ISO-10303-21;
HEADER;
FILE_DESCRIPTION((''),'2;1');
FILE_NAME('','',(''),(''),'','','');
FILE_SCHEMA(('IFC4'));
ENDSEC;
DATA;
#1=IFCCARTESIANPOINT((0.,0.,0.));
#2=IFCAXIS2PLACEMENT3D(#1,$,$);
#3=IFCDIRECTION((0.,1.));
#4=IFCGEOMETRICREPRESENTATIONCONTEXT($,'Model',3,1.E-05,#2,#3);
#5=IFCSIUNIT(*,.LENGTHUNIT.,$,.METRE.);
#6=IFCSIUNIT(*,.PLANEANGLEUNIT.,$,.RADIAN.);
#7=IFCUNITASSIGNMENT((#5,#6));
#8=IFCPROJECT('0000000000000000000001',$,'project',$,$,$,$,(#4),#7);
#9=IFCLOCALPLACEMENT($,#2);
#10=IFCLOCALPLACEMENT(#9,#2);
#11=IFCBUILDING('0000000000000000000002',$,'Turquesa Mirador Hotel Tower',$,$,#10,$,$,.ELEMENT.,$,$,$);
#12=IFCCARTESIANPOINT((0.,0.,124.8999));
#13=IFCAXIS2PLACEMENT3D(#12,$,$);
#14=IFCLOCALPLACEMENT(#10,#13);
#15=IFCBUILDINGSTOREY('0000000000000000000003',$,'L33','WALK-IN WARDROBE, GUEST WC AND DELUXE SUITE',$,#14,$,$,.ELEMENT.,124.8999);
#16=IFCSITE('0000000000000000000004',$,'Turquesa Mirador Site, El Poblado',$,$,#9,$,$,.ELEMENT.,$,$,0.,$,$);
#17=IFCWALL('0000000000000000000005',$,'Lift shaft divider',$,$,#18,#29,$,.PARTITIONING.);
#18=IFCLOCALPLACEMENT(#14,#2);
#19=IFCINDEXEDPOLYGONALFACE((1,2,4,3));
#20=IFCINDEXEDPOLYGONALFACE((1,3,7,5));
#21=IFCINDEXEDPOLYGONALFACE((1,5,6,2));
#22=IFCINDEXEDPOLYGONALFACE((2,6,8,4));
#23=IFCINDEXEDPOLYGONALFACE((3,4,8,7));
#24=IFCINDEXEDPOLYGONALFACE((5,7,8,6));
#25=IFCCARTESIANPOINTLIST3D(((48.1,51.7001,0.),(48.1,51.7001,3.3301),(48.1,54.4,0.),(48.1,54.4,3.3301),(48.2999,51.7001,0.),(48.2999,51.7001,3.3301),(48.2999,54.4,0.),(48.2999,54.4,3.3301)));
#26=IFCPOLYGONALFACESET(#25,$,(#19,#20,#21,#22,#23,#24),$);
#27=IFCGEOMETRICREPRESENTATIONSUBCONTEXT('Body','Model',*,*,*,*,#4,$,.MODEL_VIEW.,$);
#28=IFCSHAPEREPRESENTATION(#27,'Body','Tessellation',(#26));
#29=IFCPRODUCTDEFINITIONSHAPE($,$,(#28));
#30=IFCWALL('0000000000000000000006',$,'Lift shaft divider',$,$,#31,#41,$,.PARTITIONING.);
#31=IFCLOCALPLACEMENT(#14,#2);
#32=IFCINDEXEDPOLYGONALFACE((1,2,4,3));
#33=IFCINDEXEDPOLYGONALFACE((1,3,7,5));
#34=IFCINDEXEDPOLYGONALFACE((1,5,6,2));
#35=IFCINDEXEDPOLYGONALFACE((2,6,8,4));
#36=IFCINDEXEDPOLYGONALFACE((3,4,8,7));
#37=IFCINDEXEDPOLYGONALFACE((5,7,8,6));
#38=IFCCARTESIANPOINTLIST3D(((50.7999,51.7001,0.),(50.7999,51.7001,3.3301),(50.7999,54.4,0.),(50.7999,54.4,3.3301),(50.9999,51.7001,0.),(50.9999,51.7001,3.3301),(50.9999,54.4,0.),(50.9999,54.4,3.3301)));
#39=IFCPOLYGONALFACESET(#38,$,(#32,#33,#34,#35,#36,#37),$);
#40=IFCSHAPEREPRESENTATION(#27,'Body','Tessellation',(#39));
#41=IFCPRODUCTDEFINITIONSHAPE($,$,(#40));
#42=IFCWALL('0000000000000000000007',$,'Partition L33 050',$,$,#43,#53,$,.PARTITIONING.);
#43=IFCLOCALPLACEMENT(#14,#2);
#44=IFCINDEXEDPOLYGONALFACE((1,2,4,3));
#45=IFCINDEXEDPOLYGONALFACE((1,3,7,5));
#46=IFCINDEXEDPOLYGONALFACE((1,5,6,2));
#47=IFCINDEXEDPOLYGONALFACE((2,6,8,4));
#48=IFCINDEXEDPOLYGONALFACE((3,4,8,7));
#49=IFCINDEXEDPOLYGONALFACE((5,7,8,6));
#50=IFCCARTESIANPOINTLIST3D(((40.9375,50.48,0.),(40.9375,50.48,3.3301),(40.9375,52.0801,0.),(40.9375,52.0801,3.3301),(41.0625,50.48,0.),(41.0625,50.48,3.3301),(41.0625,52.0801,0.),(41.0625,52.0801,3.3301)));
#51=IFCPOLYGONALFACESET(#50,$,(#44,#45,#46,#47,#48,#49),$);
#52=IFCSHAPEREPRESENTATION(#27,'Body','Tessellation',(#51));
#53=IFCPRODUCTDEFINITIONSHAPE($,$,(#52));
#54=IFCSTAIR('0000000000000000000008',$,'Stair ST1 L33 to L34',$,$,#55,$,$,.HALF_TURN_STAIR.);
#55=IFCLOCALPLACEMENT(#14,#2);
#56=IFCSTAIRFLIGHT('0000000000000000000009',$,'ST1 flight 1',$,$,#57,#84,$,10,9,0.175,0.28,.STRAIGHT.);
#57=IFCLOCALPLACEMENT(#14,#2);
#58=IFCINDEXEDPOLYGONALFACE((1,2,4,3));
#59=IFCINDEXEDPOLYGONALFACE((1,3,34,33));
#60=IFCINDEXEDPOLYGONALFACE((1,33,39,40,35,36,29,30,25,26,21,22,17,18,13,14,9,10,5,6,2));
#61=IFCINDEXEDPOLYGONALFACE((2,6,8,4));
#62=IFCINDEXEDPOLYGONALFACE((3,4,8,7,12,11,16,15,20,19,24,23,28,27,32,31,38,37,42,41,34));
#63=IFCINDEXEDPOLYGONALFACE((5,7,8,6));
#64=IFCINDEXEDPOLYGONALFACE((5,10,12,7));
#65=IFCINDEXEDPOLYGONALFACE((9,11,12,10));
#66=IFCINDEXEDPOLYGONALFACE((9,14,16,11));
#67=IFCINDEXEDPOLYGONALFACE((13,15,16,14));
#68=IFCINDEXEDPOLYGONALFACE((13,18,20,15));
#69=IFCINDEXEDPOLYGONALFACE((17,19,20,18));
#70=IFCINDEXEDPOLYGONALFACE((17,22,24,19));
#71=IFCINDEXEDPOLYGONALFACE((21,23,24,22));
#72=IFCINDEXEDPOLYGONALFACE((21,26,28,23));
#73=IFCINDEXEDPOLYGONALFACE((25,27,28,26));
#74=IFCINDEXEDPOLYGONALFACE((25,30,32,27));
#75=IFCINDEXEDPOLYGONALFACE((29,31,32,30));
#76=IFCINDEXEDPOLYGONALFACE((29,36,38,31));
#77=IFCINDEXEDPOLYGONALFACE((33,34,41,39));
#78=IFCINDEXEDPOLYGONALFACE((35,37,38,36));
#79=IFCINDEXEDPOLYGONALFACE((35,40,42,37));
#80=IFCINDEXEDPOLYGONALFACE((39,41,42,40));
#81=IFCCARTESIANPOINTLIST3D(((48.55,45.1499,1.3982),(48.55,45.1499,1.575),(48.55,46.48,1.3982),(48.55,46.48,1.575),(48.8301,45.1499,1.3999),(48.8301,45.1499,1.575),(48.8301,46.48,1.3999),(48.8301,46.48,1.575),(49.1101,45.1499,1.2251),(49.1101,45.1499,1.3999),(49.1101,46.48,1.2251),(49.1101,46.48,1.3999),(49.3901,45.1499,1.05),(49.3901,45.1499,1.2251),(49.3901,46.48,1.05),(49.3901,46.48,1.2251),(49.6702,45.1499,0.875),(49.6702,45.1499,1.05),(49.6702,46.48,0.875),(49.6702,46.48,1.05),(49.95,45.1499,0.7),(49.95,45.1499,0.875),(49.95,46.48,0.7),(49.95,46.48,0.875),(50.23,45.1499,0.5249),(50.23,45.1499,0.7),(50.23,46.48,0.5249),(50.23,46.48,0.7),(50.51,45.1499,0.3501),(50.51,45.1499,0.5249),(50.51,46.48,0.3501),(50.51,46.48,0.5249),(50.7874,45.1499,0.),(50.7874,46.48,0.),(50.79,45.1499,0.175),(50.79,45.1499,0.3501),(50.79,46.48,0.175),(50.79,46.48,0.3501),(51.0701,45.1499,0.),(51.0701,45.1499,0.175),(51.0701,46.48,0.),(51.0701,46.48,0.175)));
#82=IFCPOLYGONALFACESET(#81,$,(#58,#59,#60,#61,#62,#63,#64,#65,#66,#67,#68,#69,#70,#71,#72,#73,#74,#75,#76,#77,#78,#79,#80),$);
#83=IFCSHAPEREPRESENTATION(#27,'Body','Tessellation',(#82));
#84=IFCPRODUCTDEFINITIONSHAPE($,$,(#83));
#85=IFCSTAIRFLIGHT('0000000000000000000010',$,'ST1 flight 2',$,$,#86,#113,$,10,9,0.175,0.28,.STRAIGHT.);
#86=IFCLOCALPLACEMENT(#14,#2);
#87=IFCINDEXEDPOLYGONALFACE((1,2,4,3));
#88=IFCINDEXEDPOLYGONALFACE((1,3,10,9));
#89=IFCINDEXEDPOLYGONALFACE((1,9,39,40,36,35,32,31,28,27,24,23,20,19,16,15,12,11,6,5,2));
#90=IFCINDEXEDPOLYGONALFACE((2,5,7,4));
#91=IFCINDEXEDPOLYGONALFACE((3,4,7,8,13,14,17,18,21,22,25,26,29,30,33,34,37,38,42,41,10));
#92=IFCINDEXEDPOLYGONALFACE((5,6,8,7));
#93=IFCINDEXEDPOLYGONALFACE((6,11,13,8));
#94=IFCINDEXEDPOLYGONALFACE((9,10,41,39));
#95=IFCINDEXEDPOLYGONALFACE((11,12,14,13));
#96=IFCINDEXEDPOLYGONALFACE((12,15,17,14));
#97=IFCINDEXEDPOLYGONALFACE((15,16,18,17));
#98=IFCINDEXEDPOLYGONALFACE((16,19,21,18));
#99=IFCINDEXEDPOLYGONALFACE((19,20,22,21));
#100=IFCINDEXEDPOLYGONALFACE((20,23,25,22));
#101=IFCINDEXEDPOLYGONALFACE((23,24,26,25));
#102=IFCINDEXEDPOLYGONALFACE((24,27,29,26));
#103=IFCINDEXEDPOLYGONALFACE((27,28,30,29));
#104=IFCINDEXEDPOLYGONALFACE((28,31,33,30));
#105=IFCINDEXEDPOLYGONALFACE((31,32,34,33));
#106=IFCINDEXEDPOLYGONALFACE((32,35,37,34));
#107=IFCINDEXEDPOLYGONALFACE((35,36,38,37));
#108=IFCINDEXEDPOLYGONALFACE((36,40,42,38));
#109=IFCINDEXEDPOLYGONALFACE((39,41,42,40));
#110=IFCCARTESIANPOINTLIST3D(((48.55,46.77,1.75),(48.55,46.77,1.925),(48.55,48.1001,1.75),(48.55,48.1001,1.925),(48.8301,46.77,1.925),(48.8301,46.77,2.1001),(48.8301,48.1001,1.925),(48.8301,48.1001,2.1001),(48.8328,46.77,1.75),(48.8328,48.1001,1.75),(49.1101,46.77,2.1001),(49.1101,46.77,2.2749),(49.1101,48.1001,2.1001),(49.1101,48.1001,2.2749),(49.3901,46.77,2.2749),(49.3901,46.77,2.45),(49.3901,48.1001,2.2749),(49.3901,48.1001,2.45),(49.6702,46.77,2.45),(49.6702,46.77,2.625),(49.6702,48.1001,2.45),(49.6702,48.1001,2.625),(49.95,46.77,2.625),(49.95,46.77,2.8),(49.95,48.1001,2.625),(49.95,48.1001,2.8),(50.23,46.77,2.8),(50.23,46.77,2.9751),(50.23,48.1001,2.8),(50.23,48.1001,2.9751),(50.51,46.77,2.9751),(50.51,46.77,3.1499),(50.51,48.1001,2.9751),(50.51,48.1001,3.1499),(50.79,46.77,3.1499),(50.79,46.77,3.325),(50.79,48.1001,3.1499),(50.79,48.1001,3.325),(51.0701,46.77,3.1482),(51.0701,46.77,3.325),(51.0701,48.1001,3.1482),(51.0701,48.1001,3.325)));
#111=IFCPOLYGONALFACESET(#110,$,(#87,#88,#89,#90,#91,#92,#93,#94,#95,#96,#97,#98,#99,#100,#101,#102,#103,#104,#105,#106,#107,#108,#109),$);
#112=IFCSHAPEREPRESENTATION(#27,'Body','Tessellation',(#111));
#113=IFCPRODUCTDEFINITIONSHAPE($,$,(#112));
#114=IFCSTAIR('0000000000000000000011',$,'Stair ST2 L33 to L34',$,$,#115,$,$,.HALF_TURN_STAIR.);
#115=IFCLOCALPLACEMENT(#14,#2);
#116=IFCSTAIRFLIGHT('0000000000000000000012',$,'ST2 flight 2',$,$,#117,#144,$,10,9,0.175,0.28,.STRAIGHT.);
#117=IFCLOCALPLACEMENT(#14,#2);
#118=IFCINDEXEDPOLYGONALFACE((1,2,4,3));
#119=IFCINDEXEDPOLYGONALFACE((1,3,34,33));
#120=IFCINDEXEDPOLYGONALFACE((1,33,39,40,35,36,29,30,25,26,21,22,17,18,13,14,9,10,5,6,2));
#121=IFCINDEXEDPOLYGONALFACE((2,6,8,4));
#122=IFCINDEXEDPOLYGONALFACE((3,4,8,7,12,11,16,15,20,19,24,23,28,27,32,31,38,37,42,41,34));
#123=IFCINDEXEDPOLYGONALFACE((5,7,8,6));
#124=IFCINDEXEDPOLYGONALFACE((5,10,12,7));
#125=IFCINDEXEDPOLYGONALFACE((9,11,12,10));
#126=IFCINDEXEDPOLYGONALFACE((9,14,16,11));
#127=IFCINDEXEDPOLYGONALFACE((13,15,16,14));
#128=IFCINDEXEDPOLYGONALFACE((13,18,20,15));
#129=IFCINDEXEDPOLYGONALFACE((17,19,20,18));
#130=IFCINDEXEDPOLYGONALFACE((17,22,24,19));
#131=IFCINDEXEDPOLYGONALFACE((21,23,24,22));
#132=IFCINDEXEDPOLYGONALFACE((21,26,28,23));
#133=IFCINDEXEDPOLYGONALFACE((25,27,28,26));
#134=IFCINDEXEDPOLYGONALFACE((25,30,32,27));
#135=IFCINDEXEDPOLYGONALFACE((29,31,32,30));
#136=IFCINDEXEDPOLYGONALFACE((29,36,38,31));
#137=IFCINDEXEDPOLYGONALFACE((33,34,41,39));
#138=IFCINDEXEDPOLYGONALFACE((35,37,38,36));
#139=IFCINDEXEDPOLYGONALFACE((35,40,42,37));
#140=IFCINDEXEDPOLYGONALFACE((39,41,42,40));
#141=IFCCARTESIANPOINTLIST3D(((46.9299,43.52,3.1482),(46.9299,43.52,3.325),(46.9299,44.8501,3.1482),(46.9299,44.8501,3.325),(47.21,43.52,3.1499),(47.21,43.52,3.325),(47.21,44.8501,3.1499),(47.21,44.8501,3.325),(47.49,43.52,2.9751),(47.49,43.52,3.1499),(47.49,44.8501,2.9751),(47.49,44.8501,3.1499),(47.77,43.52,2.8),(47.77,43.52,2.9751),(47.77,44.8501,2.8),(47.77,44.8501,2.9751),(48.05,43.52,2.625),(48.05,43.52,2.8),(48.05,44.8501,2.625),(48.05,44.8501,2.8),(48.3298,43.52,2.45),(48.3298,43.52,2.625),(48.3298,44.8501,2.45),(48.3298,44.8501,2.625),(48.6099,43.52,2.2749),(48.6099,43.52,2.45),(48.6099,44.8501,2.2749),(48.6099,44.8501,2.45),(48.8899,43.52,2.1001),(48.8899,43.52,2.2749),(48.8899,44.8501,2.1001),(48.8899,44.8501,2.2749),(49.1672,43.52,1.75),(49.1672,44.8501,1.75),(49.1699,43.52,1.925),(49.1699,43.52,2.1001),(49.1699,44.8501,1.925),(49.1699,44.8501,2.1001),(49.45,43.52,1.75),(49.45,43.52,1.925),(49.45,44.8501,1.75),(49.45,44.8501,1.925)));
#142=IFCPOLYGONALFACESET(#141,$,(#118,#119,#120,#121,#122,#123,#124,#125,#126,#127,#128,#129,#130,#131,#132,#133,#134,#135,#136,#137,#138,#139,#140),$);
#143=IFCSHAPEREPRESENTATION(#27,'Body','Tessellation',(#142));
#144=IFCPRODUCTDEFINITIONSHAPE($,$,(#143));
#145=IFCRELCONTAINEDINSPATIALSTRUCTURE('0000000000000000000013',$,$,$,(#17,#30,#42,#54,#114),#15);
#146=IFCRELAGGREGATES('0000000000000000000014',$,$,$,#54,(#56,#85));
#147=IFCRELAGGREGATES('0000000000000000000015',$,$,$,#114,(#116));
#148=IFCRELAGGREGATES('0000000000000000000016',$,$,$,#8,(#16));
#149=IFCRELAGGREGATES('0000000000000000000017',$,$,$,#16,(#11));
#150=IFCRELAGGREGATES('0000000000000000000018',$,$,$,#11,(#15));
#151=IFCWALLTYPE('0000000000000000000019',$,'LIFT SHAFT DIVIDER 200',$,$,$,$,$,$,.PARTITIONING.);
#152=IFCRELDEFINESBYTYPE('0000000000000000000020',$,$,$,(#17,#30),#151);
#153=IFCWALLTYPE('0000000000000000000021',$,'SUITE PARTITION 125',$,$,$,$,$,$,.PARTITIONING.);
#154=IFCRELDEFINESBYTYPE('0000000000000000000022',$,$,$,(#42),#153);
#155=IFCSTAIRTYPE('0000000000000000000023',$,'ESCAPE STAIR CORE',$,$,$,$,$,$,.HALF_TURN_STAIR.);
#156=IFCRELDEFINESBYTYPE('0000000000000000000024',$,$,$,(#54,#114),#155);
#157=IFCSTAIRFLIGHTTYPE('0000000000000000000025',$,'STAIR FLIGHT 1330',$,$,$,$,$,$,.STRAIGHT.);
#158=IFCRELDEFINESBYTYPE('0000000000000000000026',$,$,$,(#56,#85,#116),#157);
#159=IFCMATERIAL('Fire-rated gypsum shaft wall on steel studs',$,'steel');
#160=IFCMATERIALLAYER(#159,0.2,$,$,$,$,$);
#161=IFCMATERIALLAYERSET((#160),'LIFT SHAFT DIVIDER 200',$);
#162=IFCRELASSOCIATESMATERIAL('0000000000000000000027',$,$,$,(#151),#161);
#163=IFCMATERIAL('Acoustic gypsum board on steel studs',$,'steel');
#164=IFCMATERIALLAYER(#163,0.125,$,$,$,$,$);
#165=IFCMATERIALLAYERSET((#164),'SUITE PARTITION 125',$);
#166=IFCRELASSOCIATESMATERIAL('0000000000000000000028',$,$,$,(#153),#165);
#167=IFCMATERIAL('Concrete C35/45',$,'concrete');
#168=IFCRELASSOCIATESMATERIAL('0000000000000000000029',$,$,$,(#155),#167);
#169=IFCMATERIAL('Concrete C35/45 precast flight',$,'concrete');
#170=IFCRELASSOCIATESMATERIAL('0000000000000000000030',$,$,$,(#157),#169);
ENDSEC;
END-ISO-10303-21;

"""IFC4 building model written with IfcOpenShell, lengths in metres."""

from ifc_helpers import new_model, si_unit, direction, frame, frame_2d, origin, place, context, subcontext, project, spatial, polyline, rectangle, outline, extrude, material, layer, layer_set, type_object, element, aggregate, save


model = new_model("IFC4")

# Units and contexts
model_context = context("Model", 3, precision=1e-05, world=origin(), true_north=direction((0.0, 1.0)))
body_context = subcontext(model_context, "Body", "Model", "MODEL_VIEW")
ifc_project = project(units=[si_unit("LENGTHUNIT", "METRE"), si_unit("PLANEANGLEUNIT", "RADIAN")], contexts=[model_context])

# Site, building, storey
site_placement = place(None, origin())
site = spatial("IfcSite", under=ifc_project, at=site_placement, Name="Turquesa Mirador Site, El Poblado", CompositionType="ELEMENT", RefElevation=0.0)
building_placement = place(site_placement, origin())
building = spatial("IfcBuilding", under=site, at=building_placement, Name="Turquesa Mirador Hotel Tower", CompositionType="ELEMENT")
storey_placement = place(building_placement, frame((0.0, 0.0, 124.8999)))
storey = spatial("IfcBuildingStorey", under=building, at=storey_placement, Name="L33", Description="WALK-IN WARDROBE, GUEST WC AND DELUXE SUITE", CompositionType="ELEMENT", Elevation=124.8999)

# Walls
ifc_material_1 = material(Name="Fire-rated gypsum shaft wall on steel studs", Category="steel")
ifc_layer_1 = layer(ifc_material_1, 0.2)
ifc_layer_set_1 = layer_set([ifc_layer_1], Name="LIFT SHAFT DIVIDER 200")
wall_type_1 = type_object("IfcWallType", Name="LIFT SHAFT DIVIDER 200", PredefinedType="PARTITIONING", material=ifc_layer_set_1)
for number, where, z_axis, x_axis, name in (
    (1, (48.2, 51.7, 0.0), (0.0, 0.0, 1.0), (0.0, 1.0, 0.0), "Lift shaft divider"),
    (2, (50.8999, 51.7, 0.0), (0.0, 0.0, 1.0), (0.0, 1.0, 0.0), "Lift shaft divider"),
):
    element("IfcWall", number, at=place(storey_placement, frame(where, z_axis=z_axis, x_axis=x_axis)), inside=storey, type_object=wall_type_1, Name=name, PredefinedType="PARTITIONING", context=body_context, shape_type="SweptSolid", body=[
        extrude(rectangle(XDim=2.7, YDim=0.2, at=frame_2d((1.3501, 0.0))), origin(), (0.0, 0.0, 1.0), 3.3301),
    ])
ifc_material_2 = material(Name="Acoustic gypsum board on steel studs", Category="steel")
ifc_layer_2 = layer(ifc_material_2, 0.125)
ifc_layer_set_2 = layer_set([ifc_layer_2], Name="SUITE PARTITION 125")
wall_type_2 = type_object("IfcWallType", Name="SUITE PARTITION 125", PredefinedType="PARTITIONING", material=ifc_layer_set_2)
wall_1_placement = place(storey_placement, frame((41.0, 50.48, 0.0), z_axis=(0.0, 0.0, 1.0), x_axis=(0.0, 1.0, 0.0)))
element("IfcWall", 3, at=wall_1_placement, inside=storey, type_object=wall_type_2, Name="Partition L33 050", PredefinedType="PARTITIONING", context=body_context, shape_type="SweptSolid", body=[
    extrude(rectangle(XDim=1.6001, YDim=0.125, at=frame_2d((0.8, 0.0))), origin(), (0.0, 0.0, 1.0), 3.3301),
])

# Stair, stair flights
ifc_material_3 = material(Name="Concrete C35/45", Category="concrete")
stair_type = type_object("IfcStairType", Name="ESCAPE STAIR CORE", PredefinedType="HALF_TURN_STAIR", material=ifc_material_3)
stair_1_placement = place(storey_placement, origin())
stair_1 = element("IfcStair", 4, at=stair_1_placement, inside=storey, type_object=stair_type, Name="Stair ST1 L33 to L34", PredefinedType="HALF_TURN_STAIR")
ifc_material_4 = material(Name="Concrete C35/45 precast flight", Category="concrete")
stair_flight_type = type_object("IfcStairFlightType", Name="STAIR FLIGHT 1330", PredefinedType="STRAIGHT", material=ifc_material_4)
stair_flight_1_placement = place(storey_placement, frame((51.0701, 45.8149, 0.0), z_axis=(0.0, 0.0, 1.0), x_axis=(-1.0, 0.0, 0.0)))
stair_flight_1 = element("IfcStairFlight", 5, at=stair_flight_1_placement, type_object=stair_flight_type, Name="ST1 flight 1", NumberOfRisers=10, NumberOfTreads=9, PredefinedType="STRAIGHT", RiserHeight=0.175, TreadLength=0.28, context=body_context, shape_type="SweptSolid", body=[
    extrude(outline(polyline([(0.0, 0.0), (0.0, 0.175), (0.28, 0.175), (0.28, 0.3501), (0.5601, 0.3501), (0.5601, 0.5249), (0.8401, 0.5249), (0.8401, 0.7), (1.1201, 0.7), (1.1201, 0.875), (1.3999, 0.875), (1.3999, 1.05), (1.6799, 1.05), (1.6799, 1.2251), (1.96, 1.2251), (1.96, 1.3999), (2.24, 1.3999), (2.24, 1.575), (2.52, 1.575), (2.52, 1.75), (2.52, 1.3982), (0.2827, 0.0), (0.0, 0.0)])), frame((0.0, 0.665, 0.0), z_axis=(0.0, -1.0, 0.0), x_axis=(1.0, 0.0, 0.0)), (0.0, 0.0, 1.0), 1.3301),
])
stair_flight_2_placement = place(storey_placement, frame((48.55, 47.4351, 1.75), z_axis=(0.0, 0.0, 1.0), x_axis=(1.0, 0.0, 0.0)))
stair_flight_2 = element("IfcStairFlight", 6, at=stair_flight_2_placement, type_object=stair_flight_type, Name="ST1 flight 2", NumberOfRisers=10, NumberOfTreads=9, PredefinedType="STRAIGHT", RiserHeight=0.175, TreadLength=0.28, context=body_context, shape_type="SweptSolid", body=[
    extrude(outline(polyline([(0.0, 0.0), (0.0, 0.175), (0.28, 0.175), (0.28, 0.3501), (0.5601, 0.3501), (0.5601, 0.5249), (0.8401, 0.5249), (0.8401, 0.7), (1.1201, 0.7), (1.1201, 0.875), (1.3999, 0.875), (1.3999, 1.05), (1.6799, 1.05), (1.6799, 1.2251), (1.96, 1.2251), (1.96, 1.3999), (2.24, 1.3999), (2.24, 1.575), (2.52, 1.575), (2.52, 1.75), (2.52, 1.3982), (0.2827, 0.0), (0.0, 0.0)])), frame((0.0, 0.665, 0.0), z_axis=(0.0, -1.0, 0.0), x_axis=(1.0, 0.0, 0.0)), (0.0, 0.0, 1.0), 1.3301),
])
aggregate(stair_1, [stair_flight_1, stair_flight_2])

# Stair, stair flight
stair_2_placement = place(storey_placement, origin())
stair_2 = element("IfcStair", 7, at=stair_2_placement, inside=storey, type_object=stair_type, Name="Stair ST2 L33 to L34", PredefinedType="HALF_TURN_STAIR")
stair_flight_3_placement = place(storey_placement, frame((49.45, 44.1851, 1.75), z_axis=(0.0, 0.0, 1.0), x_axis=(-1.0, 0.0, 0.0)))
stair_flight_3 = element("IfcStairFlight", 8, at=stair_flight_3_placement, type_object=stair_flight_type, Name="ST2 flight 2", NumberOfRisers=10, NumberOfTreads=9, PredefinedType="STRAIGHT", RiserHeight=0.175, TreadLength=0.28, context=body_context, shape_type="SweptSolid", body=[
    extrude(outline(polyline([(0.0, 0.0), (0.0, 0.175), (0.28, 0.175), (0.28, 0.3501), (0.5601, 0.3501), (0.5601, 0.5249), (0.8401, 0.5249), (0.8401, 0.7), (1.1201, 0.7), (1.1201, 0.875), (1.3999, 0.875), (1.3999, 1.05), (1.6799, 1.05), (1.6799, 1.2251), (1.96, 1.2251), (1.96, 1.3999), (2.24, 1.3999), (2.24, 1.575), (2.52, 1.575), (2.52, 1.75), (2.52, 1.3982), (0.2827, 0.0), (0.0, 0.0)])), frame((0.0, 0.665, 0.0), z_axis=(0.0, -1.0, 0.0), x_axis=(1.0, 0.0, 0.0)), (0.0, 0.0, 1.0), 1.3301),
])
aggregate(stair_2, [stair_flight_3])

save(model, "model.ifc")
